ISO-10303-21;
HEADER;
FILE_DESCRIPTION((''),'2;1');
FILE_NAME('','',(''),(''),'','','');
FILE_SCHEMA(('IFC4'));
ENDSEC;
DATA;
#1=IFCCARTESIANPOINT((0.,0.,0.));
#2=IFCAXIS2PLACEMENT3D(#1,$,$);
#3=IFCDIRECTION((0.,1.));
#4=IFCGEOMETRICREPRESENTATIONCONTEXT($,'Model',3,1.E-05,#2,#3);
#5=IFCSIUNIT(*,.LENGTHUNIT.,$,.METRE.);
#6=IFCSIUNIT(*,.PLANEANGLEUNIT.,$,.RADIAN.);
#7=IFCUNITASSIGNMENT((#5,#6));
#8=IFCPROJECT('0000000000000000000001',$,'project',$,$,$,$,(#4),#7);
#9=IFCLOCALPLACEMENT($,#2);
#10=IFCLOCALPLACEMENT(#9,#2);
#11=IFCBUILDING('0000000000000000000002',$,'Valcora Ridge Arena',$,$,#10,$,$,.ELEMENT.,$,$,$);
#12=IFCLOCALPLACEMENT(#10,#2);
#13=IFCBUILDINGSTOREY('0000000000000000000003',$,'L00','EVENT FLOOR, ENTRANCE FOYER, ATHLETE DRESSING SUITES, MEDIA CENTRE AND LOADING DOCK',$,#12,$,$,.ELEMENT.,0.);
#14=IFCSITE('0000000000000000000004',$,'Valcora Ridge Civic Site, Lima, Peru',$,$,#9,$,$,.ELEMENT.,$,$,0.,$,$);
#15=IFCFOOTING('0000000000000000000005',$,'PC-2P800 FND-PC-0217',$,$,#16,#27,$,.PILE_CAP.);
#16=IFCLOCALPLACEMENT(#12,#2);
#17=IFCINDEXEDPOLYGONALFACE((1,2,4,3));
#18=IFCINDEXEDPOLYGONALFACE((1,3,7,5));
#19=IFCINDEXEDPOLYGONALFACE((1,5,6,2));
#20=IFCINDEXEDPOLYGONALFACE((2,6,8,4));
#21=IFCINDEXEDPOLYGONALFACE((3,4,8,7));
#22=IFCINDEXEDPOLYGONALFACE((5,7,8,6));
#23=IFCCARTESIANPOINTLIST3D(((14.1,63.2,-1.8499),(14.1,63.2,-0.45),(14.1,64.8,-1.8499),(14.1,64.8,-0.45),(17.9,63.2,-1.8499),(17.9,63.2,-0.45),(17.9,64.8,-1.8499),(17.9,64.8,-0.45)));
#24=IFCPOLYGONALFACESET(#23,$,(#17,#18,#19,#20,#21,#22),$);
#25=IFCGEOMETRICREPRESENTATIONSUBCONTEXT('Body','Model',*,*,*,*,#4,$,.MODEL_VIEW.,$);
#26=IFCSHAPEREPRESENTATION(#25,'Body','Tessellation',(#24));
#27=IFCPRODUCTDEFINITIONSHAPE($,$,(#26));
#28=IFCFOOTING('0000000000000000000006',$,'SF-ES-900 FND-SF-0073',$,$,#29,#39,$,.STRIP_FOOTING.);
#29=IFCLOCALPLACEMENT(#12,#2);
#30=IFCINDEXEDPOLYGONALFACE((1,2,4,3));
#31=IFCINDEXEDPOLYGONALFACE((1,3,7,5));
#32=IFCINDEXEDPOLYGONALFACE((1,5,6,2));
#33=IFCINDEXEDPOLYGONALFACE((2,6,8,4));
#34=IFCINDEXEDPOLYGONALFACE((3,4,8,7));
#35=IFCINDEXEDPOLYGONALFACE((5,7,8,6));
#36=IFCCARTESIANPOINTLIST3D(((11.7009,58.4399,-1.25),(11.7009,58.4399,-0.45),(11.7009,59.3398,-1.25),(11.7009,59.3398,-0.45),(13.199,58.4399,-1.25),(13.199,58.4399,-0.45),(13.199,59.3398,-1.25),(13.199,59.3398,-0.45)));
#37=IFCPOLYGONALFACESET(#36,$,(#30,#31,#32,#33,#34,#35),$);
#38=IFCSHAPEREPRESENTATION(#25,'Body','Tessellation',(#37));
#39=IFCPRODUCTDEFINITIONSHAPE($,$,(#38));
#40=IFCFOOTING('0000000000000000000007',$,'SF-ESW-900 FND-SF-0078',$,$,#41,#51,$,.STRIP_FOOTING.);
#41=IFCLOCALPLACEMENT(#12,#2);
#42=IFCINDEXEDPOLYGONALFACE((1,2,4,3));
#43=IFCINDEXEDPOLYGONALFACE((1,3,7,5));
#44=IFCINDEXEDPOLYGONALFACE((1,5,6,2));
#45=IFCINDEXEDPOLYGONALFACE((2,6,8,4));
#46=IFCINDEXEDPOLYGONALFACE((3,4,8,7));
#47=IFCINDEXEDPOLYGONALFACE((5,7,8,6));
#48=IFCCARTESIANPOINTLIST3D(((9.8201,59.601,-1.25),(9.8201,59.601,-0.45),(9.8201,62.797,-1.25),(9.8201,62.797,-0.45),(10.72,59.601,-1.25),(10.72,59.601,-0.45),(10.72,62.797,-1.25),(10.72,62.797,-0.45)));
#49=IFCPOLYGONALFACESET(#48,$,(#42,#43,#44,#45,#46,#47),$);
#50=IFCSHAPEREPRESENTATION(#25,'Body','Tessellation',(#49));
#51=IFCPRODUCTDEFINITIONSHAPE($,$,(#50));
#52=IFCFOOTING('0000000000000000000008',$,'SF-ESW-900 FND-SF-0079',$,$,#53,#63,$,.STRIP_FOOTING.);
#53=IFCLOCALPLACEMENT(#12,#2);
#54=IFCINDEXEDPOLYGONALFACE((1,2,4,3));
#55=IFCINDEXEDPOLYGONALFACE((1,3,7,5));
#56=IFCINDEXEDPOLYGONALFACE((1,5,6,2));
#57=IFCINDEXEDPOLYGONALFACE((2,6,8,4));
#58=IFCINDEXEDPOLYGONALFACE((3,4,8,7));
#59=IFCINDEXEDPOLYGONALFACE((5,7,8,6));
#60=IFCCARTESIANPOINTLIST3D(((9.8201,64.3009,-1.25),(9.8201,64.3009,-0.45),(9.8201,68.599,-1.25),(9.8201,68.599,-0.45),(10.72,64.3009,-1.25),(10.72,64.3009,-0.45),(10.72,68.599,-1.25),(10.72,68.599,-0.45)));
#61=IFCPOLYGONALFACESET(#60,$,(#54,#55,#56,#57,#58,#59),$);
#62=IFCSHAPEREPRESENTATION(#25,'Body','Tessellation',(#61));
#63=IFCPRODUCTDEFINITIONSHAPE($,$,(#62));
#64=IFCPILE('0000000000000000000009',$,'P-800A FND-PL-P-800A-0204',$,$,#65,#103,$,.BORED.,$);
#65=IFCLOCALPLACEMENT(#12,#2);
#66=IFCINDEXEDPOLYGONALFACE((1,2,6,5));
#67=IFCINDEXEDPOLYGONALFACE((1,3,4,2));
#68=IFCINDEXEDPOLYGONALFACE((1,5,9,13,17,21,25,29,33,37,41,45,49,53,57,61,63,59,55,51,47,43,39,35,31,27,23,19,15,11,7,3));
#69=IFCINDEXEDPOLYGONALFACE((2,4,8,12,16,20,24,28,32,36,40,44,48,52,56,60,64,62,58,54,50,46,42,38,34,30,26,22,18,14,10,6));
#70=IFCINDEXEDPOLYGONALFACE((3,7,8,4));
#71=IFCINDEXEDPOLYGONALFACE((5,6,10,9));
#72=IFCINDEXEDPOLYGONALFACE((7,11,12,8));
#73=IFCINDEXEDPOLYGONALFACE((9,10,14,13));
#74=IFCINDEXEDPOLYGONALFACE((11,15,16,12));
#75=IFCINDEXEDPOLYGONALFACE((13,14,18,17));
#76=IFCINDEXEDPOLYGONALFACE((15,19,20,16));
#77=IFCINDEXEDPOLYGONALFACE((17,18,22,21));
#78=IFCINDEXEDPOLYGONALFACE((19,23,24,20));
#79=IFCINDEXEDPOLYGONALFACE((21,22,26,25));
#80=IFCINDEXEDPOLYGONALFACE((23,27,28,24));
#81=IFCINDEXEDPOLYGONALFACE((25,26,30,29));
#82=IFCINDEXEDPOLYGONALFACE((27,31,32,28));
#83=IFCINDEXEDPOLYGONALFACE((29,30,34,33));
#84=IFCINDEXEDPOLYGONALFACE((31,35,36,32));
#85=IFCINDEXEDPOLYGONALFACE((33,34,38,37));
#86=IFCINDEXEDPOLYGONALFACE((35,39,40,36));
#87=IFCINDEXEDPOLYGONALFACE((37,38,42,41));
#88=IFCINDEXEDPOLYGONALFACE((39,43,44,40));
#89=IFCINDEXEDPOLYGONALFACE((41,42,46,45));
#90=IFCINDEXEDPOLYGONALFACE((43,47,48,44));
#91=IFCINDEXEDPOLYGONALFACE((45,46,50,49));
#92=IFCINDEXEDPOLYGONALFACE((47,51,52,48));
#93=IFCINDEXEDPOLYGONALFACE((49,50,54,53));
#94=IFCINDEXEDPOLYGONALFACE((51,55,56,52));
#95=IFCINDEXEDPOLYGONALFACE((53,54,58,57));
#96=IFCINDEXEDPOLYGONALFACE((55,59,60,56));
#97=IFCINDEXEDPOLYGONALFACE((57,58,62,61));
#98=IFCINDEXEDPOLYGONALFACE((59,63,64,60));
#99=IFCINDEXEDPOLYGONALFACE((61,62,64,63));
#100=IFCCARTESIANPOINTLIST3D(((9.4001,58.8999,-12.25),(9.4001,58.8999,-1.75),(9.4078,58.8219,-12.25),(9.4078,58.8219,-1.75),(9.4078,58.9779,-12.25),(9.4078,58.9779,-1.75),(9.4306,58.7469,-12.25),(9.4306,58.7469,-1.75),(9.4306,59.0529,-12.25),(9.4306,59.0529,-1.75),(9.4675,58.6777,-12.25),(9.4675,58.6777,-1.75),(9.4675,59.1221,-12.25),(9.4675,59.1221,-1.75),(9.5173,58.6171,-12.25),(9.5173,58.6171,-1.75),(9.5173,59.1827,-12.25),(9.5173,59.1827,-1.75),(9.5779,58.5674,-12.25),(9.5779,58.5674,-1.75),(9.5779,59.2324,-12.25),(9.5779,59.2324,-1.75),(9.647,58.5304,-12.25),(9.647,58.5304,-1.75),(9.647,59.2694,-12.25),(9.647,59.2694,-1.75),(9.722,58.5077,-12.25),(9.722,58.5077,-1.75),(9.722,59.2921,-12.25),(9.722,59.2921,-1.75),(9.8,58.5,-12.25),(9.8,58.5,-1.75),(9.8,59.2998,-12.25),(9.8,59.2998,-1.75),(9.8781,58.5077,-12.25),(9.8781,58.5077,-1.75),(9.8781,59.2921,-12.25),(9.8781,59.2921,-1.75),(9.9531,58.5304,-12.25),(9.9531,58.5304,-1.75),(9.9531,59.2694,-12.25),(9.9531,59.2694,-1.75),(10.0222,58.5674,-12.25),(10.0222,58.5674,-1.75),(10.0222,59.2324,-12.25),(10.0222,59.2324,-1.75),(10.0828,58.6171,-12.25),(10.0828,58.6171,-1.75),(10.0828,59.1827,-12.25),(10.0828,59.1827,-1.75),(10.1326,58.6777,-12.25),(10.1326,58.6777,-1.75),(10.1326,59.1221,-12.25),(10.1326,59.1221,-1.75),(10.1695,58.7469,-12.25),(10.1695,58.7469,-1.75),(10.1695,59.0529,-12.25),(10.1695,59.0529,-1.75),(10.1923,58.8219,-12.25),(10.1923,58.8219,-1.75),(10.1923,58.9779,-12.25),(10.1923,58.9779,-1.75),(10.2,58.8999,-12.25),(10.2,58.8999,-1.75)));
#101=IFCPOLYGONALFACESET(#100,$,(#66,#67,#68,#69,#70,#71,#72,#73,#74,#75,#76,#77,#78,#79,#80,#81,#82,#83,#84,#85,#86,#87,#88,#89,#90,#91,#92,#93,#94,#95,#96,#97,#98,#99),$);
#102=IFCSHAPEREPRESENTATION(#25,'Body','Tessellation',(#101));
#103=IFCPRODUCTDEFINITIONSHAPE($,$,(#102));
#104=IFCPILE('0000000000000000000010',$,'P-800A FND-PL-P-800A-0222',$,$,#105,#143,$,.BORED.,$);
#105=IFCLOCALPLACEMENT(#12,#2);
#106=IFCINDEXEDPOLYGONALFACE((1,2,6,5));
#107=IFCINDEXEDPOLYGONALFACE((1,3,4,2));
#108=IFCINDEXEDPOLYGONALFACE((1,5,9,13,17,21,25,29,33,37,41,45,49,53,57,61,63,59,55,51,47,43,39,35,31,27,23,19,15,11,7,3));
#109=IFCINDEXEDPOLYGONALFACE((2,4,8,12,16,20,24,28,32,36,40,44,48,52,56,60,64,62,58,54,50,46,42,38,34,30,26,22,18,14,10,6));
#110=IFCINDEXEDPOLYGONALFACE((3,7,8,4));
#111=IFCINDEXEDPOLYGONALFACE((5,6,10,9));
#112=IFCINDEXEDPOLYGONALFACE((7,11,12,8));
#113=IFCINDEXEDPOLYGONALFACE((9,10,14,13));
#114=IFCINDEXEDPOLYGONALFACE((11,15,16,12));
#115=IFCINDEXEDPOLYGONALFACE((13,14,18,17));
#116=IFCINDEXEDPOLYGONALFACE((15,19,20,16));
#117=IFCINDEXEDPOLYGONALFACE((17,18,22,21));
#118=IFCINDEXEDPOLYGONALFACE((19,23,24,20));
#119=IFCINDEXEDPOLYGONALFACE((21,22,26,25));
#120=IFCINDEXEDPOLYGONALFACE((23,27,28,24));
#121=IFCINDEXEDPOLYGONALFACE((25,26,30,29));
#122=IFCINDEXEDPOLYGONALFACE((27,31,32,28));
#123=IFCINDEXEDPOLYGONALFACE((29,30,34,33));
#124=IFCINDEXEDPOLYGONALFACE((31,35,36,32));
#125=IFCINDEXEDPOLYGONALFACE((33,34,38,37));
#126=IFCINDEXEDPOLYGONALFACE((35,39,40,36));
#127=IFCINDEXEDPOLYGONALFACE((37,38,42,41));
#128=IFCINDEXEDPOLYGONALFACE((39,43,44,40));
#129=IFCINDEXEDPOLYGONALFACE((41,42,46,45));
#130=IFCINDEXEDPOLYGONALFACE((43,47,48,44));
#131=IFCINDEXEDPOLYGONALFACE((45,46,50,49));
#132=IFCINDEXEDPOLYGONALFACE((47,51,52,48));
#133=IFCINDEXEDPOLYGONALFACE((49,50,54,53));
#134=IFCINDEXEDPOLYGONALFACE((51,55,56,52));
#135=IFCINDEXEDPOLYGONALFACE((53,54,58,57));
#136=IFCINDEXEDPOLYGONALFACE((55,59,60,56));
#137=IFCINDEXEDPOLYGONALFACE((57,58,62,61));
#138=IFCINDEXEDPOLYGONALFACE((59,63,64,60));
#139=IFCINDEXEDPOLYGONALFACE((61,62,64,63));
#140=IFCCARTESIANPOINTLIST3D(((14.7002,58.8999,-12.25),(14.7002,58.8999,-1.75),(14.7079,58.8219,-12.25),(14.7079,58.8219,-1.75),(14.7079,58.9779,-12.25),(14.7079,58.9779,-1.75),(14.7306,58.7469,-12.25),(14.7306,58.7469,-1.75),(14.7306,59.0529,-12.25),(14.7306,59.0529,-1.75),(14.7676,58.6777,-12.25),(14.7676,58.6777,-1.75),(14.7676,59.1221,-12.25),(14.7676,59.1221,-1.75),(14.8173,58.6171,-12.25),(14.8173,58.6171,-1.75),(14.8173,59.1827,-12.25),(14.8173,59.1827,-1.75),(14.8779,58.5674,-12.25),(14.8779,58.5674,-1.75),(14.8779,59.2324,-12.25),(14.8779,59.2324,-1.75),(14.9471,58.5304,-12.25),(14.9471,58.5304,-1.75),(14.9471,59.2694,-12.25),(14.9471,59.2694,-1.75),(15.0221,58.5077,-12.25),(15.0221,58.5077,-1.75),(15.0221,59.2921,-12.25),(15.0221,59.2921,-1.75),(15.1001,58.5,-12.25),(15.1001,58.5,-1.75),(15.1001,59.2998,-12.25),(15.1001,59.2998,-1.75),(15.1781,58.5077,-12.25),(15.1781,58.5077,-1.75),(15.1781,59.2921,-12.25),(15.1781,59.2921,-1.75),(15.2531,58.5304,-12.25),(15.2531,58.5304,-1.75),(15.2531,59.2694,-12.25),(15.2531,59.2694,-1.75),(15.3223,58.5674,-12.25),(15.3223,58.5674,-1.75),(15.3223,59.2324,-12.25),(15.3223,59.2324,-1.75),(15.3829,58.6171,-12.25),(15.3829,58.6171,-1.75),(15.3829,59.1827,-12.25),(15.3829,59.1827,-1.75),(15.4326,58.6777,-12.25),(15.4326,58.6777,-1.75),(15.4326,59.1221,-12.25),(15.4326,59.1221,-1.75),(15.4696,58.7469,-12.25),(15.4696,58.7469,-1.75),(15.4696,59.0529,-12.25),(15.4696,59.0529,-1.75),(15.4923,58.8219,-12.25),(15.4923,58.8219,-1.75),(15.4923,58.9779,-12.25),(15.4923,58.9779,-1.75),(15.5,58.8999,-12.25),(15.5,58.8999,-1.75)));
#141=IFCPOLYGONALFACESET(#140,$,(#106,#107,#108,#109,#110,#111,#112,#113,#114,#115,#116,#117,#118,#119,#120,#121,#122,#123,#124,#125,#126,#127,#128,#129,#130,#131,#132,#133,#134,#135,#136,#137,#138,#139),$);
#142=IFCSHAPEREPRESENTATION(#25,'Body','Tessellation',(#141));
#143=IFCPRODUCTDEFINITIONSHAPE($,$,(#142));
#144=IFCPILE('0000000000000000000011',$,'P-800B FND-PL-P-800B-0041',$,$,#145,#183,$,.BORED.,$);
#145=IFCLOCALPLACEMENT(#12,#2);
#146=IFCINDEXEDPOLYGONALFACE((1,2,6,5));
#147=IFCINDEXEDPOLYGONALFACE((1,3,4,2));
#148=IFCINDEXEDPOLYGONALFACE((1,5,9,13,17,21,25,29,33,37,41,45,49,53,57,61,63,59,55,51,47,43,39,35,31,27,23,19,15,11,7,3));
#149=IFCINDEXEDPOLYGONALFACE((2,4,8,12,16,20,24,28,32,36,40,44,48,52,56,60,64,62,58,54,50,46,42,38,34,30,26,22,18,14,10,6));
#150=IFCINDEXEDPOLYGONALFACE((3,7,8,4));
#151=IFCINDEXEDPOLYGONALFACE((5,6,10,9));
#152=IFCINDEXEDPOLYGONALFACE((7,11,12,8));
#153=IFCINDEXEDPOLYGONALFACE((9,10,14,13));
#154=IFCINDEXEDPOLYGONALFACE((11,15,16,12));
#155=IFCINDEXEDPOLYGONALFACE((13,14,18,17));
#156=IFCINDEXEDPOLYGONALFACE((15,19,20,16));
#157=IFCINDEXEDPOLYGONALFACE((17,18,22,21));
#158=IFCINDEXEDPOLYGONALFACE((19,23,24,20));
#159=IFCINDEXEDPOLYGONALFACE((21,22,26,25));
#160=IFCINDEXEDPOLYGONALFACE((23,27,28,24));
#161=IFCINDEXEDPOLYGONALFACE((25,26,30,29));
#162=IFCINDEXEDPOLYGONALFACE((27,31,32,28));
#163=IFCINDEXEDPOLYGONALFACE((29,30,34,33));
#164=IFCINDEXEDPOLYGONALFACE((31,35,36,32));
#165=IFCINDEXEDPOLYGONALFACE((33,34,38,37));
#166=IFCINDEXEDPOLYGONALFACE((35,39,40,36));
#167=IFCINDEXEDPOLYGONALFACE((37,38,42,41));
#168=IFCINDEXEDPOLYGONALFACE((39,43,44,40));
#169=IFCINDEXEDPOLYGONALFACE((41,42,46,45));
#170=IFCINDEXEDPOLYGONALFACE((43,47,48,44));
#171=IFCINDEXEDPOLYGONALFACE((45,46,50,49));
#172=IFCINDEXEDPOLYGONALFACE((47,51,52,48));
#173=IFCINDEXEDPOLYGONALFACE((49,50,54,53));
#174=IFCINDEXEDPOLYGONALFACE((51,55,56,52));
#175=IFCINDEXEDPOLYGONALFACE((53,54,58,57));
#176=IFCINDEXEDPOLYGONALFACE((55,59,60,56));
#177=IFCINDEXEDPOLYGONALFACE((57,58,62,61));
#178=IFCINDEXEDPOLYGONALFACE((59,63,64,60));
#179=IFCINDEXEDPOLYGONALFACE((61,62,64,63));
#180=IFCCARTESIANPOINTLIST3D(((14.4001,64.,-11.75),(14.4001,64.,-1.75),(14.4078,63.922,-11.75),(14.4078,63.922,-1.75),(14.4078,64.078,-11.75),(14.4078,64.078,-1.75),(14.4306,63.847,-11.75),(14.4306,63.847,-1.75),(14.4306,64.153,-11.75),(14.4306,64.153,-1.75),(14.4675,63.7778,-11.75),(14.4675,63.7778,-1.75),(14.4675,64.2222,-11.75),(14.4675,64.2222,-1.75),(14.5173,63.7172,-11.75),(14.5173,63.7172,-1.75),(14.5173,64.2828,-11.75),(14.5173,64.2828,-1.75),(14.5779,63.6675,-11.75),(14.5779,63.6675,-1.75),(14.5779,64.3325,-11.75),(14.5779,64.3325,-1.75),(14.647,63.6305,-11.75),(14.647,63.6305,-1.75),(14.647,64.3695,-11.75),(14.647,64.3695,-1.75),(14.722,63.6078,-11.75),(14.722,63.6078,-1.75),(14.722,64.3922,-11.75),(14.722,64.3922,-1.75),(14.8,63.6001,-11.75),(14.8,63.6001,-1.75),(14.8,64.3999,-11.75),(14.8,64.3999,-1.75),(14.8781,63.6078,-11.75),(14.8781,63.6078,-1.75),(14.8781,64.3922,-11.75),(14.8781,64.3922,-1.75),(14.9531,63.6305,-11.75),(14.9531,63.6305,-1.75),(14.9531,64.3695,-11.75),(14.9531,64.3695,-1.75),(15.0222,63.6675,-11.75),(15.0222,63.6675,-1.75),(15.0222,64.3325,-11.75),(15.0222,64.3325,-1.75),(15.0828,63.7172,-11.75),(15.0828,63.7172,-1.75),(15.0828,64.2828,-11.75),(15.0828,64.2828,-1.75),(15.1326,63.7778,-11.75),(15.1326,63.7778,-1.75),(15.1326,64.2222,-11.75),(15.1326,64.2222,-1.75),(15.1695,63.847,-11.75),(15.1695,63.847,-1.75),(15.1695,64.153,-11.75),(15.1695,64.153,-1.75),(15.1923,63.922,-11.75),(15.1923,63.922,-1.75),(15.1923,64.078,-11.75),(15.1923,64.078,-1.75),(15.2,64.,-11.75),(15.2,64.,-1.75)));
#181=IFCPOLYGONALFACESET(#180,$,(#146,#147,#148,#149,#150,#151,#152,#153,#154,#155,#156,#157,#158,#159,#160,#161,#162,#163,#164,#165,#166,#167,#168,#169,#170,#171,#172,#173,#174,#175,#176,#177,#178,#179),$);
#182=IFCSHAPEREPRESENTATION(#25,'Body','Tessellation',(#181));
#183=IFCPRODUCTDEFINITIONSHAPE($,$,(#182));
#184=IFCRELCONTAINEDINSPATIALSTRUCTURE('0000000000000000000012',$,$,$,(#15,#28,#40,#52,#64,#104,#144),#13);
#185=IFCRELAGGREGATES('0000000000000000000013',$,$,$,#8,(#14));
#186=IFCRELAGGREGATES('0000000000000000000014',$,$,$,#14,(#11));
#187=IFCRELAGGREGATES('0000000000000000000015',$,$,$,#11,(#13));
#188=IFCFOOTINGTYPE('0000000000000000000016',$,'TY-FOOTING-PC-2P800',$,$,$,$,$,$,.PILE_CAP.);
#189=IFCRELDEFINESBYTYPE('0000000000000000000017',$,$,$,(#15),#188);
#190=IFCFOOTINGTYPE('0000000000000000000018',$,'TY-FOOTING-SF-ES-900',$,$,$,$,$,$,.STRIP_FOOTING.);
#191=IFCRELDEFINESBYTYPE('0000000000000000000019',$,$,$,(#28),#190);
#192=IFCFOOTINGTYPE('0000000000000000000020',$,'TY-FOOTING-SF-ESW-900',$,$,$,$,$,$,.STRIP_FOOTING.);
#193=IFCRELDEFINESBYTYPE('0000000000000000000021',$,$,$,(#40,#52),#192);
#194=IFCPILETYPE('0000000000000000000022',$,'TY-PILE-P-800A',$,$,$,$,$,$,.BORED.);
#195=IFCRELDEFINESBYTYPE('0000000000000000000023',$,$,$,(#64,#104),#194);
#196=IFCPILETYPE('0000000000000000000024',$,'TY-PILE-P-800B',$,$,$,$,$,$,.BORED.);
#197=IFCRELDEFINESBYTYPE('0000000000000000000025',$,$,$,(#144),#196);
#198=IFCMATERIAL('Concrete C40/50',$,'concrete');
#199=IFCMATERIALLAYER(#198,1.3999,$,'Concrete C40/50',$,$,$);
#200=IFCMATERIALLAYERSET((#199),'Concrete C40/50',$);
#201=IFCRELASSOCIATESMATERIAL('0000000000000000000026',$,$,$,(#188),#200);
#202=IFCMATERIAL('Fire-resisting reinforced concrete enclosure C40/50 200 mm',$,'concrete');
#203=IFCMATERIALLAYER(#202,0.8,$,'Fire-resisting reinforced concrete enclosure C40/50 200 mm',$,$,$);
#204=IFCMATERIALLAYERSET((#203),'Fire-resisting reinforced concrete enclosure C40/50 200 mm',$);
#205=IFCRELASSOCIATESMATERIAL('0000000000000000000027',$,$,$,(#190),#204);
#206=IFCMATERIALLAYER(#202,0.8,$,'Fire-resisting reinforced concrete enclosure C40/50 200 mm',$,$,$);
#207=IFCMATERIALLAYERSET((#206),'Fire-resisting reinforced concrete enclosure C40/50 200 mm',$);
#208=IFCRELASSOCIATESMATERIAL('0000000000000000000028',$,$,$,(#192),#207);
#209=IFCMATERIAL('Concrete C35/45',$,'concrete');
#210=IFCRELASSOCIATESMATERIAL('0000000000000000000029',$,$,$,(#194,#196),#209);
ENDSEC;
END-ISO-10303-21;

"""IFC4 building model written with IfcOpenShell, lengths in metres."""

from ifc_helpers import new_model, si_unit, direction, frame, origin, origin_2d, place, context, subcontext, project, spatial, rectangle, circle, extrude, material, layer, layer_set, material_profile, profile_set, type_object, element, save


model = new_model("IFC4")

# Units and contexts
model_context = context("Model", 3, precision=1e-05, world=origin(), true_north=direction((0.0, 1.0)))
body_context = subcontext(model_context, "Body", "Model", "MODEL_VIEW")
ifc_project = project(units=[si_unit("LENGTHUNIT", "METRE"), si_unit("PLANEANGLEUNIT", "RADIAN")], contexts=[model_context])

# Site, building, storey
site_placement = place(None, origin())
site = spatial("IfcSite", under=ifc_project, at=site_placement, Name="Valcora Ridge Civic Site, Lima, Peru", CompositionType="ELEMENT", RefElevation=0.0)
building_placement = place(site_placement, origin())
building = spatial("IfcBuilding", under=site, at=building_placement, Name="Valcora Ridge Arena", CompositionType="ELEMENT")
storey_placement = place(building_placement, origin())
storey = spatial("IfcBuildingStorey", under=building, at=storey_placement, Name="L00", Description="EVENT FLOOR, ENTRANCE FOYER, ATHLETE DRESSING SUITES, MEDIA CENTRE AND LOADING DOCK", CompositionType="ELEMENT", Elevation=0.0)

# Footings
ifc_material_1 = material(Name="Concrete C40/50", Category="concrete")
ifc_layer_1 = layer(ifc_material_1, 1.3999, Name="Concrete C40/50")
ifc_layer_set_1 = layer_set([ifc_layer_1], Name="Concrete C40/50")
footing_type_1 = type_object("IfcFootingType", Name="TY-FOOTING-PC-2P800", PredefinedType="PILE_CAP", material=ifc_layer_set_1)
footing_1_placement = place(storey_placement, frame((16.0, 64.0, -1.8499), z_axis=(0.0, 0.0, 1.0), x_axis=(1.0, 0.0, 0.0)))
element("IfcFooting", 1, at=footing_1_placement, inside=storey, type_object=footing_type_1, Name="PC-2P800 FND-PC-0217", PredefinedType="PILE_CAP", context=body_context, shape_type="SweptSolid", body=[
    extrude(rectangle(XDim=3.8, YDim=1.6001, at=origin_2d()), origin(), (0.0, 0.0, 1.0), 1.3999),
])
ifc_material_2 = material(Name="Fire-resisting reinforced concrete enclosure C40/50 200 mm", Category="concrete")
ifc_layer_2 = layer(ifc_material_2, 0.8, Name="Fire-resisting reinforced concrete enclosure C40/50 200 mm")
ifc_layer_set_2 = layer_set([ifc_layer_2], Name="Fire-resisting reinforced concrete enclosure C40/50 200 mm")
footing_type_2 = type_object("IfcFootingType", Name="TY-FOOTING-SF-ES-900", PredefinedType="STRIP_FOOTING", material=ifc_layer_set_2)
footing_2_placement = place(storey_placement, frame((12.45, 58.8899, -1.25), z_axis=(0.0, 0.0, 1.0), x_axis=(1.0, 0.0, 0.0)))
element("IfcFooting", 2, at=footing_2_placement, inside=storey, type_object=footing_type_2, Name="SF-ES-900 FND-SF-0073", PredefinedType="STRIP_FOOTING", context=body_context, shape_type="SweptSolid", body=[
    extrude(rectangle(XDim=1.498, YDim=0.8999, at=origin_2d()), origin(), (0.0, 0.0, 1.0), 0.8),
])
ifc_layer_3 = layer(ifc_material_2, 0.8, Name="Fire-resisting reinforced concrete enclosure C40/50 200 mm")
ifc_layer_set_3 = layer_set([ifc_layer_3], Name="Fire-resisting reinforced concrete enclosure C40/50 200 mm")
footing_type_3 = type_object("IfcFootingType", Name="TY-FOOTING-SF-ESW-900", PredefinedType="STRIP_FOOTING", material=ifc_layer_set_3)
footing_3_placement = place(storey_placement, frame((10.27, 61.199, -1.25), z_axis=(0.0, 0.0, 1.0), x_axis=(1.0, 0.0, 0.0)))
element("IfcFooting", 3, at=footing_3_placement, inside=storey, type_object=footing_type_3, Name="SF-ESW-900 FND-SF-0078", PredefinedType="STRIP_FOOTING", context=body_context, shape_type="SweptSolid", body=[
    extrude(rectangle(XDim=0.8999, YDim=3.196, at=origin_2d()), origin(), (0.0, 0.0, 1.0), 0.8),
])
footing_4_placement = place(storey_placement, frame((10.27, 66.45, -1.25), z_axis=(0.0, 0.0, 1.0), x_axis=(1.0, 0.0, 0.0)))
element("IfcFooting", 4, at=footing_4_placement, inside=storey, type_object=footing_type_3, Name="SF-ESW-900 FND-SF-0079", PredefinedType="STRIP_FOOTING", context=body_context, shape_type="SweptSolid", body=[
    extrude(rectangle(XDim=0.8999, YDim=4.2981, at=origin_2d()), origin(), (0.0, 0.0, 1.0), 0.8),
])

# Piles
ifc_material_3 = material(Name="Concrete C35/45", Category="concrete")
ifc_material_profile_1 = material_profile(ifc_material_3, circle(Radius=0.3999, at=origin_2d()), Name="BORED PILE D800")
ifc_profile_set_1 = profile_set([ifc_material_profile_1], Name="Concrete C35/45")
pile_type_1 = type_object("IfcPileType", Name="TY-PILE-P-800A", PredefinedType="BORED", material=ifc_profile_set_1)
for number, where, z_axis, x_axis, name in (
    (5, (9.8, 58.8999, -1.75), (0.0, 0.0, -1.0), (1.0, 0.0, 0.0), "P-800A FND-PL-P-800A-0204"),
    (6, (15.1001, 58.8999, -1.75), (0.0, 0.0, -1.0), (1.0, 0.0, 0.0), "P-800A FND-PL-P-800A-0222"),
):
    element("IfcPile", number, at=place(storey_placement, frame(where, z_axis=z_axis, x_axis=x_axis)), inside=storey, type_object=pile_type_1, Name=name, PredefinedType="BORED", context=body_context, shape_type="SweptSolid", body=[
        extrude(circle(Radius=0.3999, at=origin_2d()), origin(), (0.0, 0.0, 1.0), 10.5),
    ])
ifc_material_profile_2 = material_profile(ifc_material_3, circle(Radius=0.3999, at=origin_2d()), Name="BORED PILE D800")
ifc_profile_set_2 = profile_set([ifc_material_profile_2], Name="Concrete C35/45")
pile_type_2 = type_object("IfcPileType", Name="TY-PILE-P-800B", PredefinedType="BORED", material=ifc_profile_set_2)
pile_placement = place(storey_placement, frame((14.8, 64.0, -1.75), z_axis=(0.0, 0.0, -1.0), x_axis=(1.0, 0.0, 0.0)))
element("IfcPile", 7, at=pile_placement, inside=storey, type_object=pile_type_2, Name="P-800B FND-PL-P-800B-0041", PredefinedType="BORED", context=body_context, shape_type="SweptSolid", body=[
    extrude(circle(Radius=0.3999, at=origin_2d()), origin(), (0.0, 0.0, 1.0), 10.0),
])

save(model, "model.ifc")
